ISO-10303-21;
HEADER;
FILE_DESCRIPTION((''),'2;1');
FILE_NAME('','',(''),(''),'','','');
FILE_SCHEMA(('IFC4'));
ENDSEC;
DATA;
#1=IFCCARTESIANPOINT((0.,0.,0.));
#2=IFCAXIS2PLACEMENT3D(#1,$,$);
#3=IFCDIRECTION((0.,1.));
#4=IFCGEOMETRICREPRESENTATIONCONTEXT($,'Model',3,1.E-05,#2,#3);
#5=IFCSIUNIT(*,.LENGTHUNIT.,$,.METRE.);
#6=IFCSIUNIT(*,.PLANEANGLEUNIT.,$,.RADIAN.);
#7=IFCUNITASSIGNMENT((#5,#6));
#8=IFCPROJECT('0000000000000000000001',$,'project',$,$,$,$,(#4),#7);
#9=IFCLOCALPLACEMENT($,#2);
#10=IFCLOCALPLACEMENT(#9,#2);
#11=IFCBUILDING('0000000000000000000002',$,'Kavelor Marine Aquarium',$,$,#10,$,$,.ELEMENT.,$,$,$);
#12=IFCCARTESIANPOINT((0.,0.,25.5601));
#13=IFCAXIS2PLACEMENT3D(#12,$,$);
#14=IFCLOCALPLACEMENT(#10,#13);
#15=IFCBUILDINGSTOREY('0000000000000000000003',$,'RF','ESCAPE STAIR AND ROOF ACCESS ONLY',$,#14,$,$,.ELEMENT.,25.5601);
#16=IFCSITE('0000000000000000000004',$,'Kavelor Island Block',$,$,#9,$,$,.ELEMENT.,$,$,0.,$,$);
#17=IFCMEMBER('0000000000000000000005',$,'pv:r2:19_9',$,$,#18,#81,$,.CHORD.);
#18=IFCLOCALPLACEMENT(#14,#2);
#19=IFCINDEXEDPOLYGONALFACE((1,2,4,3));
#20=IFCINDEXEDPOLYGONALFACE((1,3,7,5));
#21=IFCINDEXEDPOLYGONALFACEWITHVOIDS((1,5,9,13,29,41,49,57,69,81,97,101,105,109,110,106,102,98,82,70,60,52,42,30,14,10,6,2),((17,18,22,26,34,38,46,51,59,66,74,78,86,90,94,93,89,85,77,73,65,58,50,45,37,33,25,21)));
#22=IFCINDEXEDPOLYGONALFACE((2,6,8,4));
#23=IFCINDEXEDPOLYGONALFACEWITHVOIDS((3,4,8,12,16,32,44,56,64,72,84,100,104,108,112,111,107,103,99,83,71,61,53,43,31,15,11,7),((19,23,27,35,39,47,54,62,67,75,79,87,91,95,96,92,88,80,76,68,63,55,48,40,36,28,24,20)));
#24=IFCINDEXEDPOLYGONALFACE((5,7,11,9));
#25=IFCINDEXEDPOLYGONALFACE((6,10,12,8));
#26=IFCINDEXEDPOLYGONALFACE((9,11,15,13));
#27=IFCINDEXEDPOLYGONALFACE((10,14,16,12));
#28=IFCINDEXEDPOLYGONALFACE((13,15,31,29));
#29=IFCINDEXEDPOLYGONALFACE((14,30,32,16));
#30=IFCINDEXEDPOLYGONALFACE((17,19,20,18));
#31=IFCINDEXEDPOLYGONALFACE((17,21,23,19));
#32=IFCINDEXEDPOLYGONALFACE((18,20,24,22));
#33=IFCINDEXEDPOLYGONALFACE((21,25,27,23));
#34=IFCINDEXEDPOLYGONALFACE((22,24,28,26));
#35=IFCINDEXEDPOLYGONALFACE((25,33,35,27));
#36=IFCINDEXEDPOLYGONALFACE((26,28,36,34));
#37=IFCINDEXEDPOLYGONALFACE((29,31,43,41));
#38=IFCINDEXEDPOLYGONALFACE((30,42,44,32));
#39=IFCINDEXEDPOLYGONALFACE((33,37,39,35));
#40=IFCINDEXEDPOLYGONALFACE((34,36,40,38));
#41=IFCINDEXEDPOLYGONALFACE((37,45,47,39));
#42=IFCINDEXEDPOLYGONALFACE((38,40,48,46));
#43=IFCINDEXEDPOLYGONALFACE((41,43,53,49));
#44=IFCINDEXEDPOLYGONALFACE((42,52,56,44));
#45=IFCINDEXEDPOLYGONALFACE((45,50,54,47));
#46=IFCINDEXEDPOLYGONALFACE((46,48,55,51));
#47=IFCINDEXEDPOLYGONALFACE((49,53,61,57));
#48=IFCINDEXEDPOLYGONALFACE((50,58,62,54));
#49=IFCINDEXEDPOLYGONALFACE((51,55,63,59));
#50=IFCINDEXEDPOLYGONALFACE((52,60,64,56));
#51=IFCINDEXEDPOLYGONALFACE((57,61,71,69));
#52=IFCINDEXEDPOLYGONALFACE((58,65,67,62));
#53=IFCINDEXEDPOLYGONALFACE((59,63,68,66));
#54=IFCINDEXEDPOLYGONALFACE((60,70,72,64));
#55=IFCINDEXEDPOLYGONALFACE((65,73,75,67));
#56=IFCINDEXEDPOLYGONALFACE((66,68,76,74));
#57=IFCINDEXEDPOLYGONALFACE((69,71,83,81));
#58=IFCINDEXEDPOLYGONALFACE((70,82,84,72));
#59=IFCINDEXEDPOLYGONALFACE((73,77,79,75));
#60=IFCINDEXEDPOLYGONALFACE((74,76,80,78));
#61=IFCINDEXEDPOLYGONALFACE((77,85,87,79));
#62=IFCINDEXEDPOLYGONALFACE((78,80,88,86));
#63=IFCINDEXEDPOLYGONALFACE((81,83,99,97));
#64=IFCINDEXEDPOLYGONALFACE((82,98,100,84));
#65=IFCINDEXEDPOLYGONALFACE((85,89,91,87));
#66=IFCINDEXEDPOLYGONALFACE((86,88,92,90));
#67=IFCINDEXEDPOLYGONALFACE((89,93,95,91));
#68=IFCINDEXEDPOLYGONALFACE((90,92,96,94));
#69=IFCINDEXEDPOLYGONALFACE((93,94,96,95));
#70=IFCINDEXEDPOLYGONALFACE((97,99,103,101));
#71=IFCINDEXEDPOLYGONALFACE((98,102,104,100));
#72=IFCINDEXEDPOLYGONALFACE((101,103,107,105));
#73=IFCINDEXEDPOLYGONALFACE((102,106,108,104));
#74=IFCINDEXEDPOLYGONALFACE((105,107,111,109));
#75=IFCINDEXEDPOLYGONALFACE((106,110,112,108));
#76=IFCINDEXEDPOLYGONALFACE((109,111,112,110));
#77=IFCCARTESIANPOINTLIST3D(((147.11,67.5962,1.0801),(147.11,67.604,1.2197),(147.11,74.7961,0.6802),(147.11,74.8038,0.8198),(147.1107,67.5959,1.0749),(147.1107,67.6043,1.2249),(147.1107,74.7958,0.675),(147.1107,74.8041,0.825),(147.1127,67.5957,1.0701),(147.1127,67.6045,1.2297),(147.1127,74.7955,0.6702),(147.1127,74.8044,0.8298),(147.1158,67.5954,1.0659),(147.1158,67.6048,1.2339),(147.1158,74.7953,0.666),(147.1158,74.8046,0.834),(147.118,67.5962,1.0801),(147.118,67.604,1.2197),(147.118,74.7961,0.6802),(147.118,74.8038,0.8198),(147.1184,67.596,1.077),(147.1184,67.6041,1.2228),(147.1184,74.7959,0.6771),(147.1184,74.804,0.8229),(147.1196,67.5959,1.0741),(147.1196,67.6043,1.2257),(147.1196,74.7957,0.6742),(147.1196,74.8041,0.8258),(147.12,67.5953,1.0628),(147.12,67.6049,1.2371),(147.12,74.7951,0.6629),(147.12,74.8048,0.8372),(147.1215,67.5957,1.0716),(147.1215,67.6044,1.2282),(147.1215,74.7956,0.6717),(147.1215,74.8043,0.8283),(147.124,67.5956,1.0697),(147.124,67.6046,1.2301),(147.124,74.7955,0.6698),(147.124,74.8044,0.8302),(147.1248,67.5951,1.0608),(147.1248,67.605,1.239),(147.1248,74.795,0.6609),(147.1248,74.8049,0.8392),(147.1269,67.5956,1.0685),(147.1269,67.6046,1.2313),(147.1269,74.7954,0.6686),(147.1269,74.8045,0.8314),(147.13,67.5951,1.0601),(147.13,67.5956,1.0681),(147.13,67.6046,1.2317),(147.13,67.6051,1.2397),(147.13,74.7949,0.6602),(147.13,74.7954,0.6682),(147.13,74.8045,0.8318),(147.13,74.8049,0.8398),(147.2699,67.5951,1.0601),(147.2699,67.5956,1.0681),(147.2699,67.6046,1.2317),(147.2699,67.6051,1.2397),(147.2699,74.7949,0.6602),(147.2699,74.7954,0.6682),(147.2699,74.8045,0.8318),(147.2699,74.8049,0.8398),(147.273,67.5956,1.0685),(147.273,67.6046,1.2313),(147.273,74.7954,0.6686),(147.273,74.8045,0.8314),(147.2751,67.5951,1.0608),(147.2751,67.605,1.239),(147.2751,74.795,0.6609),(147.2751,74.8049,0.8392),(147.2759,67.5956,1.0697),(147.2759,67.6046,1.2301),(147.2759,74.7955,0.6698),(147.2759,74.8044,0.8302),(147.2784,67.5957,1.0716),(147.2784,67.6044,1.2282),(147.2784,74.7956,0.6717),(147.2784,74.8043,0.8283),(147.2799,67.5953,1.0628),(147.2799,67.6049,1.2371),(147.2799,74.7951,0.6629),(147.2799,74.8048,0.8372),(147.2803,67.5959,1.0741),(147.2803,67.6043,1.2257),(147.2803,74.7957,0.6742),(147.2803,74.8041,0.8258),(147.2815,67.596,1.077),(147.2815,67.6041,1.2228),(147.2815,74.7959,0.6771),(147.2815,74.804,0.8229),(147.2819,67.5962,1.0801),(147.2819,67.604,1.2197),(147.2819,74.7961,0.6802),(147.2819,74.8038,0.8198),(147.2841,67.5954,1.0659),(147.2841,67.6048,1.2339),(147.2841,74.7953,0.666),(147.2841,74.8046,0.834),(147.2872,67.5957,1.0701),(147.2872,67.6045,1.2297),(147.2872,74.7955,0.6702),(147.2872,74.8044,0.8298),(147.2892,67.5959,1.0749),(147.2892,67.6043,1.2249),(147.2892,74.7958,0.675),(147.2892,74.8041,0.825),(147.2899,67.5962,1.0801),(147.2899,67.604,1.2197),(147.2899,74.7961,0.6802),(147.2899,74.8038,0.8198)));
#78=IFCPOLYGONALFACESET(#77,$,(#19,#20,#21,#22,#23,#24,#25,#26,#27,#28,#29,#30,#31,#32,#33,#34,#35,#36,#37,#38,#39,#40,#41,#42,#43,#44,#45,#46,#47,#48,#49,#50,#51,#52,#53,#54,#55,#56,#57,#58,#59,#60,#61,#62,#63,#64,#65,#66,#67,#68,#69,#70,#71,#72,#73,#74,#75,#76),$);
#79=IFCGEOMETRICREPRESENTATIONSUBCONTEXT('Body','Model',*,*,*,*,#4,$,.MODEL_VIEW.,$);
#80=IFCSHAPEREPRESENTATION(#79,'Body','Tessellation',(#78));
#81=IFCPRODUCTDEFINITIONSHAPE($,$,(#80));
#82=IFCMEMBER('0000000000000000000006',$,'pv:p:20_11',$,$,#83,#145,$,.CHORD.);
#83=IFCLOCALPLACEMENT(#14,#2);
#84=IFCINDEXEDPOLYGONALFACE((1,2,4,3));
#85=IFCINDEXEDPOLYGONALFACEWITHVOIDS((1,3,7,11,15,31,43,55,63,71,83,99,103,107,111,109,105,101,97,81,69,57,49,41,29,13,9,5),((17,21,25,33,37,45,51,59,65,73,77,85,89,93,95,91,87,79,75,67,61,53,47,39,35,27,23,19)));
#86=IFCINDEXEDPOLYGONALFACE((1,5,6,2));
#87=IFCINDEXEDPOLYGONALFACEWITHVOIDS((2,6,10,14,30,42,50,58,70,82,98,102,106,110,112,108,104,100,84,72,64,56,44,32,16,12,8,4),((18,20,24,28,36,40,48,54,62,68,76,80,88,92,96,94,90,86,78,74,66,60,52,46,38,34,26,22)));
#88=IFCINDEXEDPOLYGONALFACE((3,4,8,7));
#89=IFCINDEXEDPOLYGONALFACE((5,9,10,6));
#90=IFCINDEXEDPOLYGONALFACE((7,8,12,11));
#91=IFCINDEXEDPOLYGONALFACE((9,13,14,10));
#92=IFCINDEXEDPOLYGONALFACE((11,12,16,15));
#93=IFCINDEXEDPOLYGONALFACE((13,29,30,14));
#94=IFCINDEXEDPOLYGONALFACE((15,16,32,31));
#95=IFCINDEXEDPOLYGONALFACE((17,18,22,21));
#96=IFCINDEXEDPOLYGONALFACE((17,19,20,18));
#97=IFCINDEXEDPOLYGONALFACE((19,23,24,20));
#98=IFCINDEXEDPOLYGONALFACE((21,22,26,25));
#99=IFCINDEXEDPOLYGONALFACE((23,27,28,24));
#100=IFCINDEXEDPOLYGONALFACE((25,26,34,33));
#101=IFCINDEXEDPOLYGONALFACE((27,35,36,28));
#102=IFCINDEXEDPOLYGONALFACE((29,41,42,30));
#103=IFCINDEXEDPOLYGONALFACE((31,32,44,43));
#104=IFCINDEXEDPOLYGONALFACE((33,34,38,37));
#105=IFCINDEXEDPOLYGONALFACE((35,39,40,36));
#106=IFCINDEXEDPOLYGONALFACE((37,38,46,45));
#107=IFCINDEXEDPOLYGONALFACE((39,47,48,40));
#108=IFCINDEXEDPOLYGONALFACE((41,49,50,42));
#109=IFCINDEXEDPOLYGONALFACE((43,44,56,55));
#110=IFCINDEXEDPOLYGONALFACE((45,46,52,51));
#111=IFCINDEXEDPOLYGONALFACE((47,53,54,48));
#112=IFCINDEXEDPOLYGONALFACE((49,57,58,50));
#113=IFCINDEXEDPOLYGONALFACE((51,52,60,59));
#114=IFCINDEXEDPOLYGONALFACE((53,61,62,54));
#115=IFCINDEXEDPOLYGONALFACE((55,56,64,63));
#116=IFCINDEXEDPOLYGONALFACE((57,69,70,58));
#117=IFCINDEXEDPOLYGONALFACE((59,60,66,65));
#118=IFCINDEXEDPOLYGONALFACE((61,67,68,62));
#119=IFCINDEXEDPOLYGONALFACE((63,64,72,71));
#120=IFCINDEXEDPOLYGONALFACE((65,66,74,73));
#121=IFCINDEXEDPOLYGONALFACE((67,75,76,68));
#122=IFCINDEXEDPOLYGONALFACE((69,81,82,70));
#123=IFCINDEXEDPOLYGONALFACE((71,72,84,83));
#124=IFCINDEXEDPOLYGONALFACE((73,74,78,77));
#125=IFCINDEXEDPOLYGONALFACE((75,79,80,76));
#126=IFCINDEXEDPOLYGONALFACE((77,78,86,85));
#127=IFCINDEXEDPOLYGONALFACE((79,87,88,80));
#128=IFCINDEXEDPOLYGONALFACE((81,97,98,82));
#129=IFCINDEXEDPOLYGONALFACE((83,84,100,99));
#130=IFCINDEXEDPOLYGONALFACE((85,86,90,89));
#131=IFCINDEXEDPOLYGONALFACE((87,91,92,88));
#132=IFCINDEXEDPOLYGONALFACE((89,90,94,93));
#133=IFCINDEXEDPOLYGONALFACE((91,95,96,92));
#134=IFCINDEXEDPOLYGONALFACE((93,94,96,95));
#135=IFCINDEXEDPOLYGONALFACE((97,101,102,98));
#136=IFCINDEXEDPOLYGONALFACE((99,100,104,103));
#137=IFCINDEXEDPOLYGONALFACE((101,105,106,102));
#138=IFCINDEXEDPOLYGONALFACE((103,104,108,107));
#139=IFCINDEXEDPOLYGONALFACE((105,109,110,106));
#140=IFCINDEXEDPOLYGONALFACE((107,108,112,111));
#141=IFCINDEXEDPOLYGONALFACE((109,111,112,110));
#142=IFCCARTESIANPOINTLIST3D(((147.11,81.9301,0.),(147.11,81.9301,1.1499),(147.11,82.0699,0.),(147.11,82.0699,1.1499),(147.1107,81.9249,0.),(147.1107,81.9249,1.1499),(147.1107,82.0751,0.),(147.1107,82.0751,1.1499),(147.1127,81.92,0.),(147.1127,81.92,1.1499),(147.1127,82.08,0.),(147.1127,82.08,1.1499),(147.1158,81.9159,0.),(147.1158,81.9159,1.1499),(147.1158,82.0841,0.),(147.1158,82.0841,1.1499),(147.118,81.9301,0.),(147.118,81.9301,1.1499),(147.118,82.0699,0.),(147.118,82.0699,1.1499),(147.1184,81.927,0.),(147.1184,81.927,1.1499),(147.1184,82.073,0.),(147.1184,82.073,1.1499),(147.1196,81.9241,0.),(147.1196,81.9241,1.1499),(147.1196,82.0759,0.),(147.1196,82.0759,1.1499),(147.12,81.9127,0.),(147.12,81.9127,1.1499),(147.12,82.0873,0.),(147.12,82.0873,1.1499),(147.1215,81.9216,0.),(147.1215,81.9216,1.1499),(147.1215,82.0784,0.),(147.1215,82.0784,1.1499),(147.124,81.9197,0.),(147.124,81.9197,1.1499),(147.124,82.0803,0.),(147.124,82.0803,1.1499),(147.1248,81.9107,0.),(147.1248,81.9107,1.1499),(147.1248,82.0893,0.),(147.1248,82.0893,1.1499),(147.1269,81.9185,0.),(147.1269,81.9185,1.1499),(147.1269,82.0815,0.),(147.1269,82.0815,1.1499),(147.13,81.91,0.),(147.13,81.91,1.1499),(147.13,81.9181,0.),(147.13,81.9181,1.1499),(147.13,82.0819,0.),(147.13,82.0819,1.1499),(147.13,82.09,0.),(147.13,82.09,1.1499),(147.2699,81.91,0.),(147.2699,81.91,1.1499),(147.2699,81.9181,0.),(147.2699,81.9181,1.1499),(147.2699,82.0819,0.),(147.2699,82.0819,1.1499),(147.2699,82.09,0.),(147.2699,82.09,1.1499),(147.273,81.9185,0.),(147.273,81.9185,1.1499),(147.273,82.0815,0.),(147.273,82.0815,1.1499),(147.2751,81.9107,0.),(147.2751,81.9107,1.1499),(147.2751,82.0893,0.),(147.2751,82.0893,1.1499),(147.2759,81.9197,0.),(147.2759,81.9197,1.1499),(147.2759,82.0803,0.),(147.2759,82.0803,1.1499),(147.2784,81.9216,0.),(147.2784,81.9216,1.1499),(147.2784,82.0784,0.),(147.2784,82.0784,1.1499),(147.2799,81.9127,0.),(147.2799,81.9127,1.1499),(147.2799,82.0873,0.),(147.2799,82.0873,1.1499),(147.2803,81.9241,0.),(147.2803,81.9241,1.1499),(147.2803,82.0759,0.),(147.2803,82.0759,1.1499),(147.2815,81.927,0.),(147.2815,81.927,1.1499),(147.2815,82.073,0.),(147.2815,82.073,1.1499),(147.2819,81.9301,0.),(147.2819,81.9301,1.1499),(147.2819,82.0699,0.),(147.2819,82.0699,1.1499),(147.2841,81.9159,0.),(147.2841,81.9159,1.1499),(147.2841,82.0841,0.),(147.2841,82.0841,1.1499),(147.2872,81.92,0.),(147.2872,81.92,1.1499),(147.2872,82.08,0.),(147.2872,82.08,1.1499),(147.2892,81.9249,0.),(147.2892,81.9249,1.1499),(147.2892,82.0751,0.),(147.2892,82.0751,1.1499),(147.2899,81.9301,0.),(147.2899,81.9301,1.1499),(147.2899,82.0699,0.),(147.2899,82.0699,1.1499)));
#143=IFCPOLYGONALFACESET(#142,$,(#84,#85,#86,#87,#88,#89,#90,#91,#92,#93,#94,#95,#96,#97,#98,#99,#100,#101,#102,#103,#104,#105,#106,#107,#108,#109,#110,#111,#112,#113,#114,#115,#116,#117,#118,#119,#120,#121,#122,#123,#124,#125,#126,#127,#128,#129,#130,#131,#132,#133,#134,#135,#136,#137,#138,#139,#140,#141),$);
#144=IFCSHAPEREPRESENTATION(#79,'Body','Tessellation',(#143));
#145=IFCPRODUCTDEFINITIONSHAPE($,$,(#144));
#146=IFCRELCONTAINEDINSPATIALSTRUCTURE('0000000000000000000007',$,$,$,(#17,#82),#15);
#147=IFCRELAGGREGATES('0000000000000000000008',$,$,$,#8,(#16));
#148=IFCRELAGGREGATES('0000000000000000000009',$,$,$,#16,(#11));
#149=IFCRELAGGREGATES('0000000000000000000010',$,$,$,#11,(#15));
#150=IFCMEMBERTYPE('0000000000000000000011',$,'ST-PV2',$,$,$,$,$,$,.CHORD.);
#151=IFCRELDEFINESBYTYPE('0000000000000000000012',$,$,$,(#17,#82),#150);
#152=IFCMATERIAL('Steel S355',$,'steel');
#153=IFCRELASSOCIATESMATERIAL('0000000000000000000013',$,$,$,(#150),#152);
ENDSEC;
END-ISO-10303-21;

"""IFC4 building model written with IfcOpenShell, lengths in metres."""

from ifc_helpers import new_model, si_unit, direction, frame, origin, origin_2d, place, context, subcontext, project, spatial, hollow_rectangle, extrude, material, material_profile, profile_set, type_object, element, save


model = new_model("IFC4")

# Units and contexts
model_context = context("Model", 3, precision=1e-05, world=origin(), true_north=direction((0.0, 1.0)))
body_context = subcontext(model_context, "Body", "Model", "MODEL_VIEW")
ifc_project = project(units=[si_unit("LENGTHUNIT", "METRE"), si_unit("PLANEANGLEUNIT", "RADIAN")], contexts=[model_context])

# Site, building, storey
site_placement = place(None, origin())
site = spatial("IfcSite", under=ifc_project, at=site_placement, Name="Kavelor Island Block", CompositionType="ELEMENT", RefElevation=0.0)
building_placement = place(site_placement, origin())
building = spatial("IfcBuilding", under=site, at=building_placement, Name="Kavelor Marine Aquarium", CompositionType="ELEMENT")
storey_placement = place(building_placement, frame((0.0, 0.0, 25.5601)))
storey = spatial("IfcBuildingStorey", under=building, at=storey_placement, Name="RF", Description="ESCAPE STAIR AND ROOF ACCESS ONLY", CompositionType="ELEMENT", Elevation=25.5601)

# Members
ifc_material_1 = material(Name="Steel S355", Category="steel")
ifc_material_profile_1 = material_profile(ifc_material_1, hollow_rectangle(XDim=0.1799, YDim=0.1799, WallThickness=0.0081, InnerFilletRadius=0.012, OuterFilletRadius=0.02, at=origin_2d()), Name="SHS 180x180x8.0")
ifc_profile_set_1 = profile_set([ifc_material_profile_1], Name="Steel S355")
member_type_1 = type_object("IfcMemberType", Name="ST-PV2", PredefinedType="CHORD", material=ifc_profile_set_1)
member_1_placement = place(storey_placement, frame((147.2, 67.6001, 1.1499), z_axis=(0.0, 0.998461, -0.055457), x_axis=(-1.0, 0.0, 0.0)))
element("IfcMember", 1, at=member_1_placement, inside=storey, type_object=member_type_1, Name="pv:r2:19_9", PredefinedType="CHORD", context=body_context, shape_type="SweptSolid", body=[
    extrude(hollow_rectangle(XDim=0.1799, YDim=0.1799, WallThickness=0.0081, InnerFilletRadius=0.012, OuterFilletRadius=0.02, at=origin_2d()), origin(), (0.0, 0.0, 1.0), 7.2109),
])
member_2_placement = place(storey_placement, frame((147.2, 82.0, 0.0), z_axis=(0.0, 0.0, 1.0), x_axis=(1.0, 0.0, 0.0)))
element("IfcMember", 2, at=member_2_placement, inside=storey, type_object=member_type_1, Name="pv:p:20_11", PredefinedType="CHORD", context=body_context, shape_type="SweptSolid", body=[
    extrude(hollow_rectangle(XDim=0.1799, YDim=0.1799, WallThickness=0.0081, InnerFilletRadius=0.012, OuterFilletRadius=0.02, at=origin_2d()), origin(), (0.0, 0.0, 1.0), 1.1499),
])

save(model, "model.ifc")
